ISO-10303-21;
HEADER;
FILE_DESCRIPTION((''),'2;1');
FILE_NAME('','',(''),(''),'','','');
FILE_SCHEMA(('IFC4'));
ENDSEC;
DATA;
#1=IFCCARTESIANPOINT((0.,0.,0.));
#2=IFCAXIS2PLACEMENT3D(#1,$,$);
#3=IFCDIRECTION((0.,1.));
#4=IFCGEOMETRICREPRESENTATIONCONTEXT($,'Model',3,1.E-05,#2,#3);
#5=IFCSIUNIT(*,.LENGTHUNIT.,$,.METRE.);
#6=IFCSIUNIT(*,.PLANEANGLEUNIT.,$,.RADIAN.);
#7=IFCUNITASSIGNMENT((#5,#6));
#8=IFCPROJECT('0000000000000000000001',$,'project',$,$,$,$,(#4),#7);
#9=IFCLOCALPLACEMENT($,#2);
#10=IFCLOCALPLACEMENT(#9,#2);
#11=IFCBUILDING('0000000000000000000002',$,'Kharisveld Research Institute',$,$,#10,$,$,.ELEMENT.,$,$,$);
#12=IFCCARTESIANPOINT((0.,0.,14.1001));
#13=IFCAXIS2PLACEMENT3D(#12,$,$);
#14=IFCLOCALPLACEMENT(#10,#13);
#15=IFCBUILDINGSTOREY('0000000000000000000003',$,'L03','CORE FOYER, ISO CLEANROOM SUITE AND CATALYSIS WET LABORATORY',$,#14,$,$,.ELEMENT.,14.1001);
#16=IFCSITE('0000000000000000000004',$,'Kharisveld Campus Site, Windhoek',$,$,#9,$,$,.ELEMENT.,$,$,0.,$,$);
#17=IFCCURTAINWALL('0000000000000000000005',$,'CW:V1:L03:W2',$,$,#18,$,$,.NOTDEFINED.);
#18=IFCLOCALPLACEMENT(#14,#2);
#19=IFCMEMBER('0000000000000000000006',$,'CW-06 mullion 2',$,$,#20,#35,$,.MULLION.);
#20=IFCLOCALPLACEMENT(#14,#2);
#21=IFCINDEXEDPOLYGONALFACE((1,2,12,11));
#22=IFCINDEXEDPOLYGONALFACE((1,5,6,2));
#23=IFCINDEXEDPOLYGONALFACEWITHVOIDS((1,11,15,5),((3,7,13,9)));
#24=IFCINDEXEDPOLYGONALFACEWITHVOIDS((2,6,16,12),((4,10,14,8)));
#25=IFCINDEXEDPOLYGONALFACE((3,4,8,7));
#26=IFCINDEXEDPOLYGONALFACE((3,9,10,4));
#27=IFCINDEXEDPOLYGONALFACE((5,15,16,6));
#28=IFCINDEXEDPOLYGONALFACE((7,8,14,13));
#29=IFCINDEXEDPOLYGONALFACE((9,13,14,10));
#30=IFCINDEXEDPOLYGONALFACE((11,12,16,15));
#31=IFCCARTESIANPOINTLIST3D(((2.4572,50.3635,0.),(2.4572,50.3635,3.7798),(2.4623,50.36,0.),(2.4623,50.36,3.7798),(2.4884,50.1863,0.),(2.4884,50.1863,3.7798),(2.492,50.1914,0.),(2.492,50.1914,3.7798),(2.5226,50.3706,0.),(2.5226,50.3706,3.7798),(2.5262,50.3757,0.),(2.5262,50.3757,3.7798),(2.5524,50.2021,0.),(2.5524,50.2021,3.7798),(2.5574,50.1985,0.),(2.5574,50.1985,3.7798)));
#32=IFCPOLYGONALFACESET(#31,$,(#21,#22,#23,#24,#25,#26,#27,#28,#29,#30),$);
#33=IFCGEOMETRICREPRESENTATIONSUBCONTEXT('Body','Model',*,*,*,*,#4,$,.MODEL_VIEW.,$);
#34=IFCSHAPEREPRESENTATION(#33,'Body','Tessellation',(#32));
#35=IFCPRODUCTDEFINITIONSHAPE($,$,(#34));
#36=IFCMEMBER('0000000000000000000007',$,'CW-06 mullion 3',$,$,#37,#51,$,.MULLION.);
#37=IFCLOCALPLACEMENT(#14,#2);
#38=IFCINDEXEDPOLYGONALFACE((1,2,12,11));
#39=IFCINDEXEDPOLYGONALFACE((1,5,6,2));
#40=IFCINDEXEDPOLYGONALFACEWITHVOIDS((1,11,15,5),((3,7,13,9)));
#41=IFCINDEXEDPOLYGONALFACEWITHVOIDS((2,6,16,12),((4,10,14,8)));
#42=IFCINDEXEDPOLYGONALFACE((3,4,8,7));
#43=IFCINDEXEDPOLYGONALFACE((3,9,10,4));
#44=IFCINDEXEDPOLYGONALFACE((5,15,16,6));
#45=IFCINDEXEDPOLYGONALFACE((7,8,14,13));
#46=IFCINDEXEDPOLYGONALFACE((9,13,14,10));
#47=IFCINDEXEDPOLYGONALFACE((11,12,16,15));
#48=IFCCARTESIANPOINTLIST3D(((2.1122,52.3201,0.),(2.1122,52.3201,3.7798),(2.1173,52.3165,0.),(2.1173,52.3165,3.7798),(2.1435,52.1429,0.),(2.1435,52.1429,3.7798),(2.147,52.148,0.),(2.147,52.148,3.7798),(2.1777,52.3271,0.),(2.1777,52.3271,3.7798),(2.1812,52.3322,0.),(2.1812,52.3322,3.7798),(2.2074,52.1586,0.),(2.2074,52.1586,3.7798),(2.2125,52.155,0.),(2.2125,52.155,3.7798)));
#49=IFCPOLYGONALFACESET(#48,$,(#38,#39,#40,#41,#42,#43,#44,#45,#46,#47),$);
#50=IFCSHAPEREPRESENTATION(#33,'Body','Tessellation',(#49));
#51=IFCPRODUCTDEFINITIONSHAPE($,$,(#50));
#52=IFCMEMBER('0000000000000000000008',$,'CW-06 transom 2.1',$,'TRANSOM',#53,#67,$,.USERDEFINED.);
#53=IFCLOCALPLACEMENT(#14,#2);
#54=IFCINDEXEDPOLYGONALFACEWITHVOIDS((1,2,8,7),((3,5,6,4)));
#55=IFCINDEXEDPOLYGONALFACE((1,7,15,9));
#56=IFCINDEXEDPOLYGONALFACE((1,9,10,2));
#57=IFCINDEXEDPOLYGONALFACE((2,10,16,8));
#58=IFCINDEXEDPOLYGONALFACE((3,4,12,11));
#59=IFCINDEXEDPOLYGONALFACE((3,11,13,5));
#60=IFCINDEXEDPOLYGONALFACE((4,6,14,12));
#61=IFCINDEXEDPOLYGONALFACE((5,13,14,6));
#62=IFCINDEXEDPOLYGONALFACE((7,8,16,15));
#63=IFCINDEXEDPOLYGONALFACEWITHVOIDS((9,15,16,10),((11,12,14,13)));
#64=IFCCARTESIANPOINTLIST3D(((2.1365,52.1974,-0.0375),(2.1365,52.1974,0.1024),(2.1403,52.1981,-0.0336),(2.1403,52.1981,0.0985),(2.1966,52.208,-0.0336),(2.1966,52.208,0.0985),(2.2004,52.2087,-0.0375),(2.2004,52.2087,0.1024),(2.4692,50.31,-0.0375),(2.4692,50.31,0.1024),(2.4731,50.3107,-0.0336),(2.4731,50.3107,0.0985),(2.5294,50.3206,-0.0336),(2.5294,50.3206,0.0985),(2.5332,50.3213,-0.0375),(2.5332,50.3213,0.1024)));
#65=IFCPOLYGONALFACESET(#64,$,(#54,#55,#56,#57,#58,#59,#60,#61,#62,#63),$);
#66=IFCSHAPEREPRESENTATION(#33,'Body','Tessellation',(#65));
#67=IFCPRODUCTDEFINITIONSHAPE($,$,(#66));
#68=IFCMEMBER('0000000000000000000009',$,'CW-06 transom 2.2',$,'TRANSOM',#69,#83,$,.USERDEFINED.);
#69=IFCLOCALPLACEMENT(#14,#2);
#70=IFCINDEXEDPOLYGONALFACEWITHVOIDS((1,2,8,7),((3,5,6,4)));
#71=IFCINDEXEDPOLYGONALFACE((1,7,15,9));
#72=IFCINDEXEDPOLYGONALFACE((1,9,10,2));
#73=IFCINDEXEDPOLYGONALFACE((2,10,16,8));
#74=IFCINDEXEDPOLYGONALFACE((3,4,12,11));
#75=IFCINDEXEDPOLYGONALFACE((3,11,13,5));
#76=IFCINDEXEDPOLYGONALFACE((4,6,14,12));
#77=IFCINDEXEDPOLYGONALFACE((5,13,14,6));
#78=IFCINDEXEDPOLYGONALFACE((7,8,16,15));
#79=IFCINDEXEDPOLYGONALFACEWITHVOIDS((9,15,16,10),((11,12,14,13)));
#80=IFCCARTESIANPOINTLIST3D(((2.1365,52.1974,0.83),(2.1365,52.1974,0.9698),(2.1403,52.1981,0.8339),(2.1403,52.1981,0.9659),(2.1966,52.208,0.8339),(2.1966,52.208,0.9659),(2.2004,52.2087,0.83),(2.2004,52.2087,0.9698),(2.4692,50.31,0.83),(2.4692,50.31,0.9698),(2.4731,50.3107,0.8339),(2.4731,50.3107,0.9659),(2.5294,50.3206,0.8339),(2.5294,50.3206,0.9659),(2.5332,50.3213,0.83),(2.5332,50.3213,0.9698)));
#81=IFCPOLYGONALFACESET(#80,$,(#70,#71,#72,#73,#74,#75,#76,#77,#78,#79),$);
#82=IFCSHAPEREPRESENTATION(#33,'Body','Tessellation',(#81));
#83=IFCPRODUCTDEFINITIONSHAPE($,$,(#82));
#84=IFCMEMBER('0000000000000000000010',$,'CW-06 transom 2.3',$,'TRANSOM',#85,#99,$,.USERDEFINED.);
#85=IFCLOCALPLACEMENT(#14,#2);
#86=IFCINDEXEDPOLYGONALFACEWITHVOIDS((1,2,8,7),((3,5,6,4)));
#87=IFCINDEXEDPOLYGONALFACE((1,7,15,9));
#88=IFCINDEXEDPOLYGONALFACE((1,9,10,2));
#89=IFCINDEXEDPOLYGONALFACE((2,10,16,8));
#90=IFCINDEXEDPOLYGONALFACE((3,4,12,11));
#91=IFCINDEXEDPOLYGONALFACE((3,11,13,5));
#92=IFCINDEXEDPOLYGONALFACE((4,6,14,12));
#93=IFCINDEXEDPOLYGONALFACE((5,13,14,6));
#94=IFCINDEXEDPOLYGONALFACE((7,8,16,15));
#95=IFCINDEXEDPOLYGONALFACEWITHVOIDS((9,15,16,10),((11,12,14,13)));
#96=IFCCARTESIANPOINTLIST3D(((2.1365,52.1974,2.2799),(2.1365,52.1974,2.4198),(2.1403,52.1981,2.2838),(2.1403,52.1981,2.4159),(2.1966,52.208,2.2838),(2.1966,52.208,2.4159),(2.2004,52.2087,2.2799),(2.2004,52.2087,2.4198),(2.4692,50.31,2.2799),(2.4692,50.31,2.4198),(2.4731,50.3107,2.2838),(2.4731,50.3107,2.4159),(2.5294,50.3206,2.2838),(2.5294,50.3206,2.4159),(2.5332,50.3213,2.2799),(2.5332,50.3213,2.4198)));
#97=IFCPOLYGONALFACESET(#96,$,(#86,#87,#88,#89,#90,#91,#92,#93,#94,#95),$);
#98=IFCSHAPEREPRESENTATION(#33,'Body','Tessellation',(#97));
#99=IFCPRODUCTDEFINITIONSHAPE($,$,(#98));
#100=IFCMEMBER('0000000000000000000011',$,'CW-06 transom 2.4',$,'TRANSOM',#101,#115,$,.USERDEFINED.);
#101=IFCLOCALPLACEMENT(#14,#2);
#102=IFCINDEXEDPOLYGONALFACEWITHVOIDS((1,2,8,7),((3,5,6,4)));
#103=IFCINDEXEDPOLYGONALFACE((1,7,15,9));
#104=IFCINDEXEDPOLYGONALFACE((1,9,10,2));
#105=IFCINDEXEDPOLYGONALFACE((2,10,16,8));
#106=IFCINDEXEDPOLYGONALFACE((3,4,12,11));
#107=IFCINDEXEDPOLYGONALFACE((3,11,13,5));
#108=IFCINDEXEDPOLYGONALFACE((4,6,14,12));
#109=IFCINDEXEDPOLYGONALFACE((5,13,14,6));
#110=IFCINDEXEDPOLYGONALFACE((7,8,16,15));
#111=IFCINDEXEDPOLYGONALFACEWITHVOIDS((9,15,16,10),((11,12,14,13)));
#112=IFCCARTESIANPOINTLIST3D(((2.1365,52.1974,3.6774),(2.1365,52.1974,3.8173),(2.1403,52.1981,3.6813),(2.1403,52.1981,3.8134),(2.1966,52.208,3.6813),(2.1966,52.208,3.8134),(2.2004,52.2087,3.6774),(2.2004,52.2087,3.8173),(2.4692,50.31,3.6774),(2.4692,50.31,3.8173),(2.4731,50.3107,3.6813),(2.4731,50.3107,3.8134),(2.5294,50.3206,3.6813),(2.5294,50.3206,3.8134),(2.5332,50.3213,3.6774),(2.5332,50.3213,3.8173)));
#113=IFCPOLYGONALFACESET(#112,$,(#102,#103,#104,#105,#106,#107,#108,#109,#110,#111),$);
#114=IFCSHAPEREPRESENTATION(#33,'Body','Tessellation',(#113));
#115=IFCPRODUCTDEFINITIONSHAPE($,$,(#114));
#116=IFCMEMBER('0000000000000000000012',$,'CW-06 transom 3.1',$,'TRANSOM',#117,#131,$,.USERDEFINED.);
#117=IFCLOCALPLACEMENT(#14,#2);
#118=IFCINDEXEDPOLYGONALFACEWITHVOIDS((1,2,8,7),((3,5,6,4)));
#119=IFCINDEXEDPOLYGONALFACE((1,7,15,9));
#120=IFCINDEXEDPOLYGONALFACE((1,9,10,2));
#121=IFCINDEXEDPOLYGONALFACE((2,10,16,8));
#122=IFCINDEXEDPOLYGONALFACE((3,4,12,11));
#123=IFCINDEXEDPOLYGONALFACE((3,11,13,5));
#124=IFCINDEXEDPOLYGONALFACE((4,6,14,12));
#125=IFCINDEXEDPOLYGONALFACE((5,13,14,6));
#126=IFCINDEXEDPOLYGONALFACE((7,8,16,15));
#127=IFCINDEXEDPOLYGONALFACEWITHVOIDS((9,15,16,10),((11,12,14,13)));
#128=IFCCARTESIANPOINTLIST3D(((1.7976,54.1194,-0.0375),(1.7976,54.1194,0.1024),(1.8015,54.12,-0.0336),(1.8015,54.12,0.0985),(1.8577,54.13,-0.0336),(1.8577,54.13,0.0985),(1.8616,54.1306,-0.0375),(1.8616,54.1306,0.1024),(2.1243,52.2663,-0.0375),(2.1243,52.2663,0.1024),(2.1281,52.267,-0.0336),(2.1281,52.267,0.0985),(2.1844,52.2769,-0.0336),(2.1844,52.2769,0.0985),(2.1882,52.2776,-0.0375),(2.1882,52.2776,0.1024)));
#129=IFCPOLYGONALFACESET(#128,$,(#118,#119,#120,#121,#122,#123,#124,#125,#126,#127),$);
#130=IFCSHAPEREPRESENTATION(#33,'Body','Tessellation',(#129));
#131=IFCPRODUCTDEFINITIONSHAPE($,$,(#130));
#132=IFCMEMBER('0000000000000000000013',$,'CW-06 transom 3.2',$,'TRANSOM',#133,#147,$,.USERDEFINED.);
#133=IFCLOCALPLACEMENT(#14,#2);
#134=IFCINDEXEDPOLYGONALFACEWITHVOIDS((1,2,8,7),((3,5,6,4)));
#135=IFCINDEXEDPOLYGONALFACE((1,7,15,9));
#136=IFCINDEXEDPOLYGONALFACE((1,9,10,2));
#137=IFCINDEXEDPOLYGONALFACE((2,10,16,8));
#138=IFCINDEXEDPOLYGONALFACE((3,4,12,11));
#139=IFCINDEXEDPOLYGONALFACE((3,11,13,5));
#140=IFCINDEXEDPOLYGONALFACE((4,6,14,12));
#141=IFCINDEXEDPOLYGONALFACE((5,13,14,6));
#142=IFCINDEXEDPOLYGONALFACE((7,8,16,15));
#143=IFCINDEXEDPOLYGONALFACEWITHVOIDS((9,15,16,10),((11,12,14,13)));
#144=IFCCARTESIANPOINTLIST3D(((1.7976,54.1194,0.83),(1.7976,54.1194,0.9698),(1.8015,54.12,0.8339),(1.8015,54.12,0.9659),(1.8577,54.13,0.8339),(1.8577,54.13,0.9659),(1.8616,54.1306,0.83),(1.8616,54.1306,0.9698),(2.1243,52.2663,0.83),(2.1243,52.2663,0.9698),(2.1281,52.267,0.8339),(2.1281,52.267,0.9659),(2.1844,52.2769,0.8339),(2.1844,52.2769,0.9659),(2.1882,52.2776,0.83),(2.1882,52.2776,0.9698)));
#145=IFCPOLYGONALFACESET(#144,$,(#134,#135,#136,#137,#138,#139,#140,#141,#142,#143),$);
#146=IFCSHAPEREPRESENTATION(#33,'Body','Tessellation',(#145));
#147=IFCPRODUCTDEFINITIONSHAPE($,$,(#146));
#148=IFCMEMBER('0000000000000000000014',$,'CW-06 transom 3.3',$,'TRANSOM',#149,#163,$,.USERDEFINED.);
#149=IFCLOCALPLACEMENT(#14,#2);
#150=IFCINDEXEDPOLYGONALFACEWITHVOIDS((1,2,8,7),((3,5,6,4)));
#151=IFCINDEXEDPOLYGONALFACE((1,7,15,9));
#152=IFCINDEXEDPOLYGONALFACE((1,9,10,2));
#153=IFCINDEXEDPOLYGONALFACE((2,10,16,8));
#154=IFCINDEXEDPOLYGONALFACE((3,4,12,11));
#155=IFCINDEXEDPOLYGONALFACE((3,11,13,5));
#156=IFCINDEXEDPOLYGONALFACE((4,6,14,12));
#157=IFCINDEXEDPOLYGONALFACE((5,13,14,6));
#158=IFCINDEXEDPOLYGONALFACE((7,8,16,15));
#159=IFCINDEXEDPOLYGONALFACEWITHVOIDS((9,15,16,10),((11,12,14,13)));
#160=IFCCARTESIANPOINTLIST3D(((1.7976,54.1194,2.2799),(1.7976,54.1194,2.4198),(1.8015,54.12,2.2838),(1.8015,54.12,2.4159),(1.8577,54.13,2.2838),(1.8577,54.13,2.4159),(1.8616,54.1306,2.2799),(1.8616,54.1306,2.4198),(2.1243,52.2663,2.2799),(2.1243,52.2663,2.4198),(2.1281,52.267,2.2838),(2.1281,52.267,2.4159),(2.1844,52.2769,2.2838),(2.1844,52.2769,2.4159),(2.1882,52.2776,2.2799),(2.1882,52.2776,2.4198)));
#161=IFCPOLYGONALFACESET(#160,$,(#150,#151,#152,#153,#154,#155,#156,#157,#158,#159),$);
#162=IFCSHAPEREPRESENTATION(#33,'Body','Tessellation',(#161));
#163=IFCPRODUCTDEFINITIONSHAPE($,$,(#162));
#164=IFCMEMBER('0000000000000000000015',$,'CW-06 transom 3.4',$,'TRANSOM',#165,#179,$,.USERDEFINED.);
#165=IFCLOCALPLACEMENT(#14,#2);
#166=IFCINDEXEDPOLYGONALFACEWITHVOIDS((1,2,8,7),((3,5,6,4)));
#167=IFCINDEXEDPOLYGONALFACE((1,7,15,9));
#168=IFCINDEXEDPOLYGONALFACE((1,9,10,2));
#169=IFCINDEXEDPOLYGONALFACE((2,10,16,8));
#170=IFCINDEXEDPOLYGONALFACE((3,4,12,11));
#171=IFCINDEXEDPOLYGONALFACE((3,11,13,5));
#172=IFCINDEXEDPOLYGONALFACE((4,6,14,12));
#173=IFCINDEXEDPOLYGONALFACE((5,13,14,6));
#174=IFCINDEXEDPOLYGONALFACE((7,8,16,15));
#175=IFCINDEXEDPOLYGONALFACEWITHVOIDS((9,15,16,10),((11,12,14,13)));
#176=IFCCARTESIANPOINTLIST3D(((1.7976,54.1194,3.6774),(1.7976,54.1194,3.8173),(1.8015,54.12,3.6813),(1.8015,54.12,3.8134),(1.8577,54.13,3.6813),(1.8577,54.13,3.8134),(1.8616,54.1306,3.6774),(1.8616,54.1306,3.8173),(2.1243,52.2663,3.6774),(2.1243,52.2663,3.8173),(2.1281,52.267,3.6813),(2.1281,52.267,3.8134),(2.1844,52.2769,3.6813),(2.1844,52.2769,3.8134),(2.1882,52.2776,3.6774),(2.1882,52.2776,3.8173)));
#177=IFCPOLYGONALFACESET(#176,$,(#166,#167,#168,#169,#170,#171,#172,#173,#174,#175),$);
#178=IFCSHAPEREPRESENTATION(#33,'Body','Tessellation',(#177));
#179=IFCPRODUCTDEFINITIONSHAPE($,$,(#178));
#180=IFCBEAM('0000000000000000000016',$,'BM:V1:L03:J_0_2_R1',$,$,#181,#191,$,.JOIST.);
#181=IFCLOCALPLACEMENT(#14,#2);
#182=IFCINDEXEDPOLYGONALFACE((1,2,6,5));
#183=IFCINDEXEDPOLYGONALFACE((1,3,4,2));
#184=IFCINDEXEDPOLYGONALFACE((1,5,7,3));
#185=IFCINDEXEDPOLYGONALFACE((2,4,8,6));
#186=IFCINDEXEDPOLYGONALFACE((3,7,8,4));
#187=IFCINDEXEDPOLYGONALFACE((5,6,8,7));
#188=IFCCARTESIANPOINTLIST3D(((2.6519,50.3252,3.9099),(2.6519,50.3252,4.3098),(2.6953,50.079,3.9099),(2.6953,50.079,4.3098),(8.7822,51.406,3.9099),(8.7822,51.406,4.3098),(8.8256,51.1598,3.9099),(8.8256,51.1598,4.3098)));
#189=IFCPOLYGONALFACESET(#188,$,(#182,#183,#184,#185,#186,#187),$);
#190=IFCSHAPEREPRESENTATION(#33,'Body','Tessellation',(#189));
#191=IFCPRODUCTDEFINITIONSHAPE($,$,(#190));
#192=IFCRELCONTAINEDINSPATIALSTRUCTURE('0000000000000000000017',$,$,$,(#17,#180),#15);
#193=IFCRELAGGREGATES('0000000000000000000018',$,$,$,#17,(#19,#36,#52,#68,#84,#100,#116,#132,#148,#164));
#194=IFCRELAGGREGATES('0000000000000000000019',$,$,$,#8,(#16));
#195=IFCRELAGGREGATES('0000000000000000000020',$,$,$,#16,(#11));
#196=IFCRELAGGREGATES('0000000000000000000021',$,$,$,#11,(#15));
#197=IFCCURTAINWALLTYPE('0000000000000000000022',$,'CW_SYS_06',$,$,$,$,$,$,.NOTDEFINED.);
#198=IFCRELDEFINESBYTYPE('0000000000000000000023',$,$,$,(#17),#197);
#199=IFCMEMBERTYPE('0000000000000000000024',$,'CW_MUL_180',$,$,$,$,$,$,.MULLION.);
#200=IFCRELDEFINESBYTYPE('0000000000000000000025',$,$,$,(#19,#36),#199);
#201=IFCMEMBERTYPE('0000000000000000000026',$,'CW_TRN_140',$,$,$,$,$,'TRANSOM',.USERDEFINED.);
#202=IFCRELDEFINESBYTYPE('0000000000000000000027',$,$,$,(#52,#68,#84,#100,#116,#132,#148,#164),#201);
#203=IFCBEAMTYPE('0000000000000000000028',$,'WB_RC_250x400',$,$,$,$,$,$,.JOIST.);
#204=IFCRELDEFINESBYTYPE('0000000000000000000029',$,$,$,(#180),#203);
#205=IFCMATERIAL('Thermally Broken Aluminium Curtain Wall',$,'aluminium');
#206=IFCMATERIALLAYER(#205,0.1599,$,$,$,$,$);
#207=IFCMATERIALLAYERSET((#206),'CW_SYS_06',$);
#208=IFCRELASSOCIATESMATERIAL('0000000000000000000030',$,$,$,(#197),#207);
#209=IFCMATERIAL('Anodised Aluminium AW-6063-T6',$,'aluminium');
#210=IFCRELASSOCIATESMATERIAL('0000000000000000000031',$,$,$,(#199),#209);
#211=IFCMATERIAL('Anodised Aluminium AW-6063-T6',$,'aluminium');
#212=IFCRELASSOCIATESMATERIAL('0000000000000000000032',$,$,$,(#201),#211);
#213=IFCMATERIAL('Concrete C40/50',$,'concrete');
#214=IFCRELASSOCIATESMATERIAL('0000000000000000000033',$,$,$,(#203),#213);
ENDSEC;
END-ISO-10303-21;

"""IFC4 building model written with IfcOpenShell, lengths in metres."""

from ifc_helpers import new_model, si_unit, direction, frame, origin, origin_2d, place, context, subcontext, project, spatial, rectangle, hollow_rectangle, extrude, material, layer, layer_set, material_profile, profile_set, type_object, element, aggregate, save


model = new_model("IFC4")

# Units and contexts
model_context = context("Model", 3, precision=1e-05, world=origin(), true_north=direction((0.0, 1.0)))
body_context = subcontext(model_context, "Body", "Model", "MODEL_VIEW")
ifc_project = project(units=[si_unit("LENGTHUNIT", "METRE"), si_unit("PLANEANGLEUNIT", "RADIAN")], contexts=[model_context])

# Site, building, storey
site_placement = place(None, origin())
site = spatial("IfcSite", under=ifc_project, at=site_placement, Name="Kharisveld Campus Site, Windhoek", CompositionType="ELEMENT", RefElevation=0.0)
building_placement = place(site_placement, origin())
building = spatial("IfcBuilding", under=site, at=building_placement, Name="Kharisveld Research Institute", CompositionType="ELEMENT")
storey_placement = place(building_placement, frame((0.0, 0.0, 14.1001)))
storey = spatial("IfcBuildingStorey", under=building, at=storey_placement, Name="L03", Description="CORE FOYER, ISO CLEANROOM SUITE AND CATALYSIS WET LABORATORY", CompositionType="ELEMENT", Elevation=14.1001)

# Curtain wall, members
ifc_material_1 = material(Name="Thermally Broken Aluminium Curtain Wall", Category="aluminium")
ifc_layer_1 = layer(ifc_material_1, 0.1599)
ifc_layer_set_1 = layer_set([ifc_layer_1], Name="CW_SYS_06")
curtain_wall_type = type_object("IfcCurtainWallType", Name="CW_SYS_06", PredefinedType="NOTDEFINED", material=ifc_layer_set_1)
curtain_wall_placement = place(storey_placement, origin())
curtain_wall = element("IfcCurtainWall", 1, at=curtain_wall_placement, inside=storey, type_object=curtain_wall_type, Name="CW:V1:L03:W2", PredefinedType="NOTDEFINED")
ifc_material_2 = material(Name="Anodised Aluminium AW-6063-T6", Category="aluminium")
ifc_material_profile_1 = material_profile(ifc_material_2, hollow_rectangle(XDim=0.0701, YDim=0.1799, WallThickness=0.0044, at=origin_2d()))
ifc_profile_set_1 = profile_set([ifc_material_profile_1], Name="Anodised Aluminium AW-6063-T6")
member_type_1 = type_object("IfcMemberType", Name="CW_MUL_180", PredefinedType="MULLION", material=ifc_profile_set_1)
member_1_placement = place(storey_placement, frame((2.5073, 50.281, 0.0), z_axis=(0.0, 0.0, 1.0), x_axis=(-0.984808, -0.173648, 0.0)))
member_1 = element("IfcMember", 2, at=member_1_placement, type_object=member_type_1, Name="CW-06 mullion 2", PredefinedType="MULLION", context=body_context, shape_type="SweptSolid", body=[
    extrude(hollow_rectangle(XDim=0.0701, YDim=0.1799, WallThickness=0.0044, at=origin_2d()), origin(), (0.0, 0.0, 1.0), 3.7798),
])
member_2_placement = place(storey_placement, frame((2.1624, 52.2375, 0.0), z_axis=(0.0, 0.0, 1.0), x_axis=(-0.984808, -0.173648, 0.0)))
member_2 = element("IfcMember", 3, at=member_2_placement, type_object=member_type_1, Name="CW-06 mullion 3", PredefinedType="MULLION", context=body_context, shape_type="SweptSolid", body=[
    extrude(hollow_rectangle(XDim=0.0701, YDim=0.1799, WallThickness=0.0044, at=origin_2d()), origin(), (0.0, 0.0, 1.0), 3.7798),
])
ifc_material_3 = material(Name="Anodised Aluminium AW-6063-T6", Category="aluminium")
ifc_material_profile_2 = material_profile(ifc_material_3, hollow_rectangle(XDim=0.0649, YDim=0.1399, WallThickness=0.0039, at=origin_2d()))
ifc_profile_set_2 = profile_set([ifc_material_profile_2], Name="Anodised Aluminium AW-6063-T6")
member_type_2 = type_object("IfcMemberType", Name="CW_TRN_140", ElementType="TRANSOM", PredefinedType="USERDEFINED", material=ifc_profile_set_2)
member_3_placement = place(storey_placement, frame((2.5012, 50.3157, 0.0325), z_axis=(-0.173625, 0.984812, 0.0), x_axis=(-0.984812, -0.173625, 0.0)))
member_3 = element("IfcMember", 4, at=member_3_placement, type_object=member_type_2, Name="CW-06 transom 2.1", ObjectType="TRANSOM", PredefinedType="USERDEFINED", context=body_context, shape_type="SweptSolid", body=[
    extrude(hollow_rectangle(XDim=0.0649, YDim=0.1399, WallThickness=0.0039, at=origin_2d()), origin(), (0.0, 0.0, 1.0), 1.9165),
])
member_4_placement = place(storey_placement, frame((2.5012, 50.3157, 0.8999), z_axis=(-0.173625, 0.984812, 0.0), x_axis=(-0.984812, -0.173625, 0.0)))
member_4 = element("IfcMember", 5, at=member_4_placement, type_object=member_type_2, Name="CW-06 transom 2.2", ObjectType="TRANSOM", PredefinedType="USERDEFINED", context=body_context, shape_type="SweptSolid", body=[
    extrude(hollow_rectangle(XDim=0.0649, YDim=0.1399, WallThickness=0.0039, at=origin_2d()), origin(), (0.0, 0.0, 1.0), 1.9165),
])
member_5_placement = place(storey_placement, frame((2.5012, 50.3157, 2.3499), z_axis=(-0.173625, 0.984812, 0.0), x_axis=(-0.984812, -0.173625, 0.0)))
member_5 = element("IfcMember", 6, at=member_5_placement, type_object=member_type_2, Name="CW-06 transom 2.3", ObjectType="TRANSOM", PredefinedType="USERDEFINED", context=body_context, shape_type="SweptSolid", body=[
    extrude(hollow_rectangle(XDim=0.0649, YDim=0.1399, WallThickness=0.0039, at=origin_2d()), origin(), (0.0, 0.0, 1.0), 1.9165),
])
member_6_placement = place(storey_placement, frame((2.5012, 50.3157, 3.7473), z_axis=(-0.173625, 0.984812, 0.0), x_axis=(-0.984812, -0.173625, 0.0)))
member_6 = element("IfcMember", 7, at=member_6_placement, type_object=member_type_2, Name="CW-06 transom 2.4", ObjectType="TRANSOM", PredefinedType="USERDEFINED", context=body_context, shape_type="SweptSolid", body=[
    extrude(hollow_rectangle(XDim=0.0649, YDim=0.1399, WallThickness=0.0039, at=origin_2d()), origin(), (0.0, 0.0, 1.0), 1.9165),
])
member_7_placement = place(storey_placement, frame((2.1562, 52.272, 0.0325), z_axis=(-0.173608, 0.984815, 0.0), x_axis=(-0.984815, -0.173608, 0.0)))
member_7 = element("IfcMember", 8, at=member_7_placement, type_object=member_type_2, Name="CW-06 transom 3.1", ObjectType="TRANSOM", PredefinedType="USERDEFINED", context=body_context, shape_type="SweptSolid", body=[
    extrude(hollow_rectangle(XDim=0.0649, YDim=0.1399, WallThickness=0.0039, at=origin_2d()), origin(), (0.0, 0.0, 1.0), 1.8816),
])
member_8_placement = place(storey_placement, frame((2.1562, 52.272, 0.8999), z_axis=(-0.173608, 0.984815, 0.0), x_axis=(-0.984815, -0.173608, 0.0)))
member_8 = element("IfcMember", 9, at=member_8_placement, type_object=member_type_2, Name="CW-06 transom 3.2", ObjectType="TRANSOM", PredefinedType="USERDEFINED", context=body_context, shape_type="SweptSolid", body=[
    extrude(hollow_rectangle(XDim=0.0649, YDim=0.1399, WallThickness=0.0039, at=origin_2d()), origin(), (0.0, 0.0, 1.0), 1.8816),
])
member_9_placement = place(storey_placement, frame((2.1562, 52.272, 2.3499), z_axis=(-0.173608, 0.984815, 0.0), x_axis=(-0.984815, -0.173608, 0.0)))
member_9 = element("IfcMember", 10, at=member_9_placement, type_object=member_type_2, Name="CW-06 transom 3.3", ObjectType="TRANSOM", PredefinedType="USERDEFINED", context=body_context, shape_type="SweptSolid", body=[
    extrude(hollow_rectangle(XDim=0.0649, YDim=0.1399, WallThickness=0.0039, at=origin_2d()), origin(), (0.0, 0.0, 1.0), 1.8816),
])
member_10_placement = place(storey_placement, frame((2.1562, 52.272, 3.7473), z_axis=(-0.173608, 0.984815, 0.0), x_axis=(-0.984815, -0.173608, 0.0)))
member_10 = element("IfcMember", 11, at=member_10_placement, type_object=member_type_2, Name="CW-06 transom 3.4", ObjectType="TRANSOM", PredefinedType="USERDEFINED", context=body_context, shape_type="SweptSolid", body=[
    extrude(hollow_rectangle(XDim=0.0649, YDim=0.1399, WallThickness=0.0039, at=origin_2d()), origin(), (0.0, 0.0, 1.0), 1.8816),
])

# Beam
ifc_material_4 = material(Name="Concrete C40/50", Category="concrete")
ifc_material_profile_3 = material_profile(ifc_material_4, rectangle(XDim=0.25, YDim=0.3999, at=origin_2d()))
ifc_profile_set_3 = profile_set([ifc_material_profile_3], Name="Concrete C40/50")
beam_type = type_object("IfcBeamType", Name="WB_RC_250x400", PredefinedType="JOIST", material=ifc_profile_set_3)
for number, where, z_axis, x_axis, name in (
    (12, (2.6736, 50.2021, 4.1099), (0.984812, 0.173626, 0.0), (-0.173626, 0.984812, 0.0), "BM:V1:L03:J_0_2_R1"),
):
    element("IfcBeam", number, at=place(storey_placement, frame(where, z_axis=z_axis, x_axis=x_axis)), inside=storey, type_object=beam_type, Name=name, PredefinedType="JOIST", context=body_context, shape_type="SweptSolid", body=[
        extrude(rectangle(XDim=0.25, YDim=0.3999, at=origin_2d()), origin(), (0.0, 0.0, 1.0), 6.2249),
    ])

aggregate(curtain_wall, [member_1, member_2, member_3, member_4, member_5, member_6, member_7, member_8, member_9, member_10])

save(model, "model.ifc")
